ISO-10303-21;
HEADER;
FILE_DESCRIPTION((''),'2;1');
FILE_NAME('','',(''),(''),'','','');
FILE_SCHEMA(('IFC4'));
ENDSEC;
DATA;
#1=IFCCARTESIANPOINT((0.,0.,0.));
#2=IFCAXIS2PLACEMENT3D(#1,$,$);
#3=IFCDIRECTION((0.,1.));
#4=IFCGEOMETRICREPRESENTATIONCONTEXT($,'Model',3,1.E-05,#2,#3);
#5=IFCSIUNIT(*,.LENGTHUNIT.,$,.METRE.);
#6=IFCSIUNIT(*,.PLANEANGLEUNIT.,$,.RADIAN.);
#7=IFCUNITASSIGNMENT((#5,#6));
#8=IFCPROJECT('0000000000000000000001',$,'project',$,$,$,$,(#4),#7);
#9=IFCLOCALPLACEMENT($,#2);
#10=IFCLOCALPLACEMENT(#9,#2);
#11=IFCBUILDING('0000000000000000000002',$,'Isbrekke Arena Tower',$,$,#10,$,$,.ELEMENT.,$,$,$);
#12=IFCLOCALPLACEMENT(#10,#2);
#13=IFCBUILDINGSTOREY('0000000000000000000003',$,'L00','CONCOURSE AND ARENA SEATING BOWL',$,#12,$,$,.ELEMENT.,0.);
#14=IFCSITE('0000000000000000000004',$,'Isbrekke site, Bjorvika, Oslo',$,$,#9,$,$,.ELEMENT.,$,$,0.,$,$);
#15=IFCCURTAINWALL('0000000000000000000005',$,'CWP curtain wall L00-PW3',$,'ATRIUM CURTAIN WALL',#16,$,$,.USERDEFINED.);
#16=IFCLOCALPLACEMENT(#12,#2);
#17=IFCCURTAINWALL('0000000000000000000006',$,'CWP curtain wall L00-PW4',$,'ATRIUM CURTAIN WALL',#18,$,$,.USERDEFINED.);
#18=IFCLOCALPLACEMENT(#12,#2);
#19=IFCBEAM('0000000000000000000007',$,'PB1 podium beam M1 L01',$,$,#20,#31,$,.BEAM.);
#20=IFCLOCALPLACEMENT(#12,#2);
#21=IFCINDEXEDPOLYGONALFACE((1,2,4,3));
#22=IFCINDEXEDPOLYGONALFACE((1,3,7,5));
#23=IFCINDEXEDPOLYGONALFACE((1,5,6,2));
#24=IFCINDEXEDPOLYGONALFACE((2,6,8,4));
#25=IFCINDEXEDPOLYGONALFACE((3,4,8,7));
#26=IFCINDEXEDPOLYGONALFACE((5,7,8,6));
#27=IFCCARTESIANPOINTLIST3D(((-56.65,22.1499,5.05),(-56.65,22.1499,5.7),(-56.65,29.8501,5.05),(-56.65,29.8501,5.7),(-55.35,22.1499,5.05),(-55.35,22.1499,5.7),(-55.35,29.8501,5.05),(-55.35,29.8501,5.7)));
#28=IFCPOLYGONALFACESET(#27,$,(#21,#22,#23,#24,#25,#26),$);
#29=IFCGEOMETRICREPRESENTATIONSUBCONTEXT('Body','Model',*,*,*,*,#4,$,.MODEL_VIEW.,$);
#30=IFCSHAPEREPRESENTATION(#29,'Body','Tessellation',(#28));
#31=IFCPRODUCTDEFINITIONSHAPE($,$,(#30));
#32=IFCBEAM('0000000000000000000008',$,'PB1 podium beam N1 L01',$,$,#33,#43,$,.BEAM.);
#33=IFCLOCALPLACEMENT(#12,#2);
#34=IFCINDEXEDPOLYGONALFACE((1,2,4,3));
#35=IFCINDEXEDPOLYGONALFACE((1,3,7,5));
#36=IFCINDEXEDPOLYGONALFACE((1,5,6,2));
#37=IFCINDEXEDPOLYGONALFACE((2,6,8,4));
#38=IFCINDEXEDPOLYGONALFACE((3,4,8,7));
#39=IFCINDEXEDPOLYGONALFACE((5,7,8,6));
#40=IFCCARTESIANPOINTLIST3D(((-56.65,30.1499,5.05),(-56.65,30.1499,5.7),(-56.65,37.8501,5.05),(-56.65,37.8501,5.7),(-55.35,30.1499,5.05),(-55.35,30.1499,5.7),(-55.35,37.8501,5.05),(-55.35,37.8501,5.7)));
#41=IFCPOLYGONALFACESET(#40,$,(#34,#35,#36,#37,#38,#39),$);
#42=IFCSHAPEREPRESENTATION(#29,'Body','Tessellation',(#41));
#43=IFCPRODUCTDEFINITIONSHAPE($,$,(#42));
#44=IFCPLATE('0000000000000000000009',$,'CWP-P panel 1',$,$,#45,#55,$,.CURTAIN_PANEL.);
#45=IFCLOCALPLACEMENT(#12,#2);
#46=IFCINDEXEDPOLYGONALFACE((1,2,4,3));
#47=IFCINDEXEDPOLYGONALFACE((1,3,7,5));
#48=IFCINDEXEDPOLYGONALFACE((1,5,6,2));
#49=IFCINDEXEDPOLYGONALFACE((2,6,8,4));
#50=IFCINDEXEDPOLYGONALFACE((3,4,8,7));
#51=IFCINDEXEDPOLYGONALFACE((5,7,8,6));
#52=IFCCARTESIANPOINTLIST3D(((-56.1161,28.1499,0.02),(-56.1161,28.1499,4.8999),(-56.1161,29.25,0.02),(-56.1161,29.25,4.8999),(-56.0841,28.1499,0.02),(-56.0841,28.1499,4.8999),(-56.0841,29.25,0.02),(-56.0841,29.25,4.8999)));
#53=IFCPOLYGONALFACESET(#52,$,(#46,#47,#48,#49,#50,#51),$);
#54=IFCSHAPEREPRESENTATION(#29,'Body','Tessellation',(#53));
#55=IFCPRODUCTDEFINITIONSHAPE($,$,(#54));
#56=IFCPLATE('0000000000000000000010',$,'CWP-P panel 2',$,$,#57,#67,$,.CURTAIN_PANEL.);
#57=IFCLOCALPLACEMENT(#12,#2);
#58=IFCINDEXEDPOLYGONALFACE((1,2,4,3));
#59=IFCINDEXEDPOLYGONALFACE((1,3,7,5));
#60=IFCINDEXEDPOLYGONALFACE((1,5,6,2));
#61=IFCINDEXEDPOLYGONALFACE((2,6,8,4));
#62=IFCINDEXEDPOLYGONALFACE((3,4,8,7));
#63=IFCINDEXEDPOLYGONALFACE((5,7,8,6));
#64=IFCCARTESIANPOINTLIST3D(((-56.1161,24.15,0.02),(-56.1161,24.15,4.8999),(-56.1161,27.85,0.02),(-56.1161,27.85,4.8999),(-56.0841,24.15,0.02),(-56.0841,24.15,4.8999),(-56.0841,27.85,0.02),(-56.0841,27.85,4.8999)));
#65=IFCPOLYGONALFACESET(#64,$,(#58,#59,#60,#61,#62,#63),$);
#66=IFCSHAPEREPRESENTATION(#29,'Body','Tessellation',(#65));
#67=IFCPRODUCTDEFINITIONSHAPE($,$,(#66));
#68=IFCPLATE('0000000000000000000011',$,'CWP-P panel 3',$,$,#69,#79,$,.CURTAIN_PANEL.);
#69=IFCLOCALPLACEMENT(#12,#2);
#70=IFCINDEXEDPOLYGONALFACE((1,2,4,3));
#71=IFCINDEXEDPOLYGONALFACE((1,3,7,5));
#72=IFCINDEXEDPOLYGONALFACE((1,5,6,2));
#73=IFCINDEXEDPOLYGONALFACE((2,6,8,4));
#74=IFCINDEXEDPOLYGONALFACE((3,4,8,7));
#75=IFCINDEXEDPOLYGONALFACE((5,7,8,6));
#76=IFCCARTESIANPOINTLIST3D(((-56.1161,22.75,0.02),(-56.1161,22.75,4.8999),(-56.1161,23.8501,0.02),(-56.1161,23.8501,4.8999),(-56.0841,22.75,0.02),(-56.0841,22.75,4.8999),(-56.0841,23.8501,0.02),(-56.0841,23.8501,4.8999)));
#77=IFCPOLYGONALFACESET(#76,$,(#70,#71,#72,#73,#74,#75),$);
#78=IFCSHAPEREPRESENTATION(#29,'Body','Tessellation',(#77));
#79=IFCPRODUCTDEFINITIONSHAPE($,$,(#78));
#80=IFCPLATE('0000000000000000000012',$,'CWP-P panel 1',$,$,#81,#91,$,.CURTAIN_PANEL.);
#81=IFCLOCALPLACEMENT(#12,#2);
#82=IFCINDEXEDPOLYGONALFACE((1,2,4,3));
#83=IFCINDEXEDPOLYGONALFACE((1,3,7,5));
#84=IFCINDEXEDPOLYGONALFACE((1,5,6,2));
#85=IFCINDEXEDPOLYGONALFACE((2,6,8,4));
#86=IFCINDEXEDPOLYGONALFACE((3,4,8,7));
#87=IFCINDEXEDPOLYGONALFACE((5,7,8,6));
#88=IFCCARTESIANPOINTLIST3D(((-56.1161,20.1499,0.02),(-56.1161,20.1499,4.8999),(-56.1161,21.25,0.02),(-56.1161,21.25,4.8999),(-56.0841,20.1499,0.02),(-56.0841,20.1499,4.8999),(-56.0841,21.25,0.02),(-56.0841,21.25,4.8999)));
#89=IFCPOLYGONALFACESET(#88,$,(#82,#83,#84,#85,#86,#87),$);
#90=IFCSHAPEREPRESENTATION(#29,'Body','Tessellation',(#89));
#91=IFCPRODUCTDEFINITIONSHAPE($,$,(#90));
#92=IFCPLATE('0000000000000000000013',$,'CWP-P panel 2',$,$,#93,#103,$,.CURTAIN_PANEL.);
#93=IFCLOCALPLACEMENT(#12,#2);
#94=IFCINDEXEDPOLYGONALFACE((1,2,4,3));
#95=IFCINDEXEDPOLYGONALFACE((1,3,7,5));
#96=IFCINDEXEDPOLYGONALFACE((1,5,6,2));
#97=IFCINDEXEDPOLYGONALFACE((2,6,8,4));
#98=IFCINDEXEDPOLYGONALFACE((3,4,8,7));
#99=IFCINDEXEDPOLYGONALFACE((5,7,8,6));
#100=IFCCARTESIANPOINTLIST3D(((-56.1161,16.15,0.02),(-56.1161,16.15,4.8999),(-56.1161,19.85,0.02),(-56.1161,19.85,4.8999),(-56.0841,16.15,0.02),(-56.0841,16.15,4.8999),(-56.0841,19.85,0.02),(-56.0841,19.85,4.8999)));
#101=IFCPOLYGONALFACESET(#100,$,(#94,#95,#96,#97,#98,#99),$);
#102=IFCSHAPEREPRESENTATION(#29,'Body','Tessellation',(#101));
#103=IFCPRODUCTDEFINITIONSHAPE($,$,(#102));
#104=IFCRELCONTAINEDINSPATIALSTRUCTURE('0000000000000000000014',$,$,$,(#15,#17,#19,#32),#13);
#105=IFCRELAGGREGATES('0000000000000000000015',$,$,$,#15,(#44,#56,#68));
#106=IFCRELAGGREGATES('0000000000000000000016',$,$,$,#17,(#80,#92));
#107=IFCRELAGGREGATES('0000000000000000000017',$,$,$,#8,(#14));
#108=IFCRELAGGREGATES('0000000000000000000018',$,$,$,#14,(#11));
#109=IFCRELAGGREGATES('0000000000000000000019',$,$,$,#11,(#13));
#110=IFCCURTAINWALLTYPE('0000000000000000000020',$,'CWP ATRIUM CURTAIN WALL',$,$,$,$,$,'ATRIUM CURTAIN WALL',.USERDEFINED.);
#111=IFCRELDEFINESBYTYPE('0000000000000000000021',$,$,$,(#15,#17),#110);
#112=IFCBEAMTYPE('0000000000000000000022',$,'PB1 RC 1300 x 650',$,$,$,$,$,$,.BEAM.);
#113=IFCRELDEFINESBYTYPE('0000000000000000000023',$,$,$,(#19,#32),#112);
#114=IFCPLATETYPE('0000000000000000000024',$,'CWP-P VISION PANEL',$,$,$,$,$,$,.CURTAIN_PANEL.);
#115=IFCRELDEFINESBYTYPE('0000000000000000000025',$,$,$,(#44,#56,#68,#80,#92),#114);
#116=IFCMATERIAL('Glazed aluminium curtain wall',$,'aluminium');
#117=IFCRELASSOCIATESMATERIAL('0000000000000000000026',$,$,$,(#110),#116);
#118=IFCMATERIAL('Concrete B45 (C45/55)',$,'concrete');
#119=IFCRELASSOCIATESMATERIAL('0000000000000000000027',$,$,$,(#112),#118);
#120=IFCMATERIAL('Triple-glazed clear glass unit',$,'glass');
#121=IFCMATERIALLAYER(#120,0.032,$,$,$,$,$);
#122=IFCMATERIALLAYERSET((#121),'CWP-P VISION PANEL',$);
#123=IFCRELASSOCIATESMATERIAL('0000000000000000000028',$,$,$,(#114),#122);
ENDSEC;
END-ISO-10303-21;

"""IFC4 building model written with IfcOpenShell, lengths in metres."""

from ifc_helpers import new_model, si_unit, direction, frame, origin, origin_2d, place, context, subcontext, project, spatial, rectangle, extrude, material, layer, layer_set, material_profile, profile_set, type_object, element, aggregate, save


model = new_model("IFC4")

# Units and contexts
model_context = context("Model", 3, precision=1e-05, world=origin(), true_north=direction((0.0, 1.0)))
body_context = subcontext(model_context, "Body", "Model", "MODEL_VIEW")
ifc_project = project(units=[si_unit("LENGTHUNIT", "METRE"), si_unit("PLANEANGLEUNIT", "RADIAN")], contexts=[model_context])

# Site, building, storey
site_placement = place(None, origin())
site = spatial("IfcSite", under=ifc_project, at=site_placement, Name="Isbrekke site, Bjorvika, Oslo", CompositionType="ELEMENT", RefElevation=0.0)
building_placement = place(site_placement, origin())
building = spatial("IfcBuilding", under=site, at=building_placement, Name="Isbrekke Arena Tower", CompositionType="ELEMENT")
storey_placement = place(building_placement, origin())
storey = spatial("IfcBuildingStorey", under=building, at=storey_placement, Name="L00", Description="CONCOURSE AND ARENA SEATING BOWL", CompositionType="ELEMENT", Elevation=0.0)

# Curtain walls
ifc_material_1 = material(Name="Glazed aluminium curtain wall", Category="aluminium")
curtain_wall_type = type_object("IfcCurtainWallType", Name="CWP ATRIUM CURTAIN WALL", ElementType="ATRIUM CURTAIN WALL", PredefinedType="USERDEFINED", material=ifc_material_1)
curtain_wall_1_placement = place(storey_placement, origin())
curtain_wall_1 = element("IfcCurtainWall", 1, at=curtain_wall_1_placement, inside=storey, type_object=curtain_wall_type, Name="CWP curtain wall L00-PW3", ObjectType="ATRIUM CURTAIN WALL", PredefinedType="USERDEFINED")
curtain_wall_2_placement = place(storey_placement, origin())
curtain_wall_2 = element("IfcCurtainWall", 2, at=curtain_wall_2_placement, inside=storey, type_object=curtain_wall_type, Name="CWP curtain wall L00-PW4", ObjectType="ATRIUM CURTAIN WALL", PredefinedType="USERDEFINED")

# Beams
ifc_material_2 = material(Name="Concrete B45 (C45/55)", Category="concrete")
ifc_material_profile_1 = material_profile(ifc_material_2, rectangle(XDim=1.3, YDim=0.6499, at=origin_2d()), Name="RC 1300x650")
ifc_profile_set_1 = profile_set([ifc_material_profile_1], Name="Concrete B45 (C45/55)")
beam_type = type_object("IfcBeamType", Name="PB1 RC 1300 x 650", PredefinedType="BEAM", material=ifc_profile_set_1)
for number, where, z_axis, x_axis, name in (
    (3, (-56.0, 22.1499, 5.375), (0.0, 1.0, 0.0), (-1.0, 0.0, 0.0), "PB1 podium beam M1 L01"),
    (4, (-56.0, 30.1499, 5.375), (0.0, 1.0, 0.0), (-1.0, 0.0, 0.0), "PB1 podium beam N1 L01"),
):
    element("IfcBeam", number, at=place(storey_placement, frame(where, z_axis=z_axis, x_axis=x_axis)), inside=storey, type_object=beam_type, Name=name, PredefinedType="BEAM", context=body_context, shape_type="SweptSolid", body=[
        extrude(rectangle(XDim=1.3, YDim=0.6499, at=origin_2d()), origin(), (0.0, 0.0, 1.0), 7.7002),
    ])

# Plates
ifc_material_3 = material(Name="Triple-glazed clear glass unit", Category="glass")
ifc_layer = layer(ifc_material_3, 0.032)
ifc_layer_set = layer_set([ifc_layer], Name="CWP-P VISION PANEL")
plate_type = type_object("IfcPlateType", Name="CWP-P VISION PANEL", PredefinedType="CURTAIN_PANEL", material=ifc_layer_set)
plate_1_placement = place(storey_placement, frame((-56.1001, 28.7, 0.02), z_axis=(0.0, 0.0, 1.0), x_axis=(0.0, -1.0, 0.0)))
plate_1 = element("IfcPlate", 5, at=plate_1_placement, type_object=plate_type, Name="CWP-P panel 1", PredefinedType="CURTAIN_PANEL", context=body_context, shape_type="SweptSolid", body=[
    extrude(rectangle(XDim=1.1001, YDim=0.032, at=origin_2d()), origin(), (0.0, 0.0, 1.0), 4.8799),
])
plate_2_placement = place(storey_placement, frame((-56.1001, 26.0, 0.02), z_axis=(0.0, 0.0, 1.0), x_axis=(0.0, -1.0, 0.0)))
plate_2 = element("IfcPlate", 6, at=plate_2_placement, type_object=plate_type, Name="CWP-P panel 2", PredefinedType="CURTAIN_PANEL", context=body_context, shape_type="SweptSolid", body=[
    extrude(rectangle(XDim=3.7, YDim=0.032, at=origin_2d()), origin(), (0.0, 0.0, 1.0), 4.8799),
])
plate_3_placement = place(storey_placement, frame((-56.1001, 23.3, 0.02), z_axis=(0.0, 0.0, 1.0), x_axis=(0.0, -1.0, 0.0)))
plate_3 = element("IfcPlate", 7, at=plate_3_placement, type_object=plate_type, Name="CWP-P panel 3", PredefinedType="CURTAIN_PANEL", context=body_context, shape_type="SweptSolid", body=[
    extrude(rectangle(XDim=1.1001, YDim=0.032, at=origin_2d()), origin(), (0.0, 0.0, 1.0), 4.8799),
])
aggregate(curtain_wall_1, [plate_1, plate_2, plate_3])
plate_4_placement = place(storey_placement, frame((-56.1001, 20.7, 0.02), z_axis=(0.0, 0.0, 1.0), x_axis=(0.0, -1.0, 0.0)))
plate_4 = element("IfcPlate", 8, at=plate_4_placement, type_object=plate_type, Name="CWP-P panel 1", PredefinedType="CURTAIN_PANEL", context=body_context, shape_type="SweptSolid", body=[
    extrude(rectangle(XDim=1.1001, YDim=0.032, at=origin_2d()), origin(), (0.0, 0.0, 1.0), 4.8799),
])
plate_5_placement = place(storey_placement, frame((-56.1001, 18.0, 0.02), z_axis=(0.0, 0.0, 1.0), x_axis=(0.0, -1.0, 0.0)))
plate_5 = element("IfcPlate", 9, at=plate_5_placement, type_object=plate_type, Name="CWP-P panel 2", PredefinedType="CURTAIN_PANEL", context=body_context, shape_type="SweptSolid", body=[
    extrude(rectangle(XDim=3.7, YDim=0.032, at=origin_2d()), origin(), (0.0, 0.0, 1.0), 4.8799),
])
aggregate(curtain_wall_2, [plate_4, plate_5])

save(model, "model.ifc")
